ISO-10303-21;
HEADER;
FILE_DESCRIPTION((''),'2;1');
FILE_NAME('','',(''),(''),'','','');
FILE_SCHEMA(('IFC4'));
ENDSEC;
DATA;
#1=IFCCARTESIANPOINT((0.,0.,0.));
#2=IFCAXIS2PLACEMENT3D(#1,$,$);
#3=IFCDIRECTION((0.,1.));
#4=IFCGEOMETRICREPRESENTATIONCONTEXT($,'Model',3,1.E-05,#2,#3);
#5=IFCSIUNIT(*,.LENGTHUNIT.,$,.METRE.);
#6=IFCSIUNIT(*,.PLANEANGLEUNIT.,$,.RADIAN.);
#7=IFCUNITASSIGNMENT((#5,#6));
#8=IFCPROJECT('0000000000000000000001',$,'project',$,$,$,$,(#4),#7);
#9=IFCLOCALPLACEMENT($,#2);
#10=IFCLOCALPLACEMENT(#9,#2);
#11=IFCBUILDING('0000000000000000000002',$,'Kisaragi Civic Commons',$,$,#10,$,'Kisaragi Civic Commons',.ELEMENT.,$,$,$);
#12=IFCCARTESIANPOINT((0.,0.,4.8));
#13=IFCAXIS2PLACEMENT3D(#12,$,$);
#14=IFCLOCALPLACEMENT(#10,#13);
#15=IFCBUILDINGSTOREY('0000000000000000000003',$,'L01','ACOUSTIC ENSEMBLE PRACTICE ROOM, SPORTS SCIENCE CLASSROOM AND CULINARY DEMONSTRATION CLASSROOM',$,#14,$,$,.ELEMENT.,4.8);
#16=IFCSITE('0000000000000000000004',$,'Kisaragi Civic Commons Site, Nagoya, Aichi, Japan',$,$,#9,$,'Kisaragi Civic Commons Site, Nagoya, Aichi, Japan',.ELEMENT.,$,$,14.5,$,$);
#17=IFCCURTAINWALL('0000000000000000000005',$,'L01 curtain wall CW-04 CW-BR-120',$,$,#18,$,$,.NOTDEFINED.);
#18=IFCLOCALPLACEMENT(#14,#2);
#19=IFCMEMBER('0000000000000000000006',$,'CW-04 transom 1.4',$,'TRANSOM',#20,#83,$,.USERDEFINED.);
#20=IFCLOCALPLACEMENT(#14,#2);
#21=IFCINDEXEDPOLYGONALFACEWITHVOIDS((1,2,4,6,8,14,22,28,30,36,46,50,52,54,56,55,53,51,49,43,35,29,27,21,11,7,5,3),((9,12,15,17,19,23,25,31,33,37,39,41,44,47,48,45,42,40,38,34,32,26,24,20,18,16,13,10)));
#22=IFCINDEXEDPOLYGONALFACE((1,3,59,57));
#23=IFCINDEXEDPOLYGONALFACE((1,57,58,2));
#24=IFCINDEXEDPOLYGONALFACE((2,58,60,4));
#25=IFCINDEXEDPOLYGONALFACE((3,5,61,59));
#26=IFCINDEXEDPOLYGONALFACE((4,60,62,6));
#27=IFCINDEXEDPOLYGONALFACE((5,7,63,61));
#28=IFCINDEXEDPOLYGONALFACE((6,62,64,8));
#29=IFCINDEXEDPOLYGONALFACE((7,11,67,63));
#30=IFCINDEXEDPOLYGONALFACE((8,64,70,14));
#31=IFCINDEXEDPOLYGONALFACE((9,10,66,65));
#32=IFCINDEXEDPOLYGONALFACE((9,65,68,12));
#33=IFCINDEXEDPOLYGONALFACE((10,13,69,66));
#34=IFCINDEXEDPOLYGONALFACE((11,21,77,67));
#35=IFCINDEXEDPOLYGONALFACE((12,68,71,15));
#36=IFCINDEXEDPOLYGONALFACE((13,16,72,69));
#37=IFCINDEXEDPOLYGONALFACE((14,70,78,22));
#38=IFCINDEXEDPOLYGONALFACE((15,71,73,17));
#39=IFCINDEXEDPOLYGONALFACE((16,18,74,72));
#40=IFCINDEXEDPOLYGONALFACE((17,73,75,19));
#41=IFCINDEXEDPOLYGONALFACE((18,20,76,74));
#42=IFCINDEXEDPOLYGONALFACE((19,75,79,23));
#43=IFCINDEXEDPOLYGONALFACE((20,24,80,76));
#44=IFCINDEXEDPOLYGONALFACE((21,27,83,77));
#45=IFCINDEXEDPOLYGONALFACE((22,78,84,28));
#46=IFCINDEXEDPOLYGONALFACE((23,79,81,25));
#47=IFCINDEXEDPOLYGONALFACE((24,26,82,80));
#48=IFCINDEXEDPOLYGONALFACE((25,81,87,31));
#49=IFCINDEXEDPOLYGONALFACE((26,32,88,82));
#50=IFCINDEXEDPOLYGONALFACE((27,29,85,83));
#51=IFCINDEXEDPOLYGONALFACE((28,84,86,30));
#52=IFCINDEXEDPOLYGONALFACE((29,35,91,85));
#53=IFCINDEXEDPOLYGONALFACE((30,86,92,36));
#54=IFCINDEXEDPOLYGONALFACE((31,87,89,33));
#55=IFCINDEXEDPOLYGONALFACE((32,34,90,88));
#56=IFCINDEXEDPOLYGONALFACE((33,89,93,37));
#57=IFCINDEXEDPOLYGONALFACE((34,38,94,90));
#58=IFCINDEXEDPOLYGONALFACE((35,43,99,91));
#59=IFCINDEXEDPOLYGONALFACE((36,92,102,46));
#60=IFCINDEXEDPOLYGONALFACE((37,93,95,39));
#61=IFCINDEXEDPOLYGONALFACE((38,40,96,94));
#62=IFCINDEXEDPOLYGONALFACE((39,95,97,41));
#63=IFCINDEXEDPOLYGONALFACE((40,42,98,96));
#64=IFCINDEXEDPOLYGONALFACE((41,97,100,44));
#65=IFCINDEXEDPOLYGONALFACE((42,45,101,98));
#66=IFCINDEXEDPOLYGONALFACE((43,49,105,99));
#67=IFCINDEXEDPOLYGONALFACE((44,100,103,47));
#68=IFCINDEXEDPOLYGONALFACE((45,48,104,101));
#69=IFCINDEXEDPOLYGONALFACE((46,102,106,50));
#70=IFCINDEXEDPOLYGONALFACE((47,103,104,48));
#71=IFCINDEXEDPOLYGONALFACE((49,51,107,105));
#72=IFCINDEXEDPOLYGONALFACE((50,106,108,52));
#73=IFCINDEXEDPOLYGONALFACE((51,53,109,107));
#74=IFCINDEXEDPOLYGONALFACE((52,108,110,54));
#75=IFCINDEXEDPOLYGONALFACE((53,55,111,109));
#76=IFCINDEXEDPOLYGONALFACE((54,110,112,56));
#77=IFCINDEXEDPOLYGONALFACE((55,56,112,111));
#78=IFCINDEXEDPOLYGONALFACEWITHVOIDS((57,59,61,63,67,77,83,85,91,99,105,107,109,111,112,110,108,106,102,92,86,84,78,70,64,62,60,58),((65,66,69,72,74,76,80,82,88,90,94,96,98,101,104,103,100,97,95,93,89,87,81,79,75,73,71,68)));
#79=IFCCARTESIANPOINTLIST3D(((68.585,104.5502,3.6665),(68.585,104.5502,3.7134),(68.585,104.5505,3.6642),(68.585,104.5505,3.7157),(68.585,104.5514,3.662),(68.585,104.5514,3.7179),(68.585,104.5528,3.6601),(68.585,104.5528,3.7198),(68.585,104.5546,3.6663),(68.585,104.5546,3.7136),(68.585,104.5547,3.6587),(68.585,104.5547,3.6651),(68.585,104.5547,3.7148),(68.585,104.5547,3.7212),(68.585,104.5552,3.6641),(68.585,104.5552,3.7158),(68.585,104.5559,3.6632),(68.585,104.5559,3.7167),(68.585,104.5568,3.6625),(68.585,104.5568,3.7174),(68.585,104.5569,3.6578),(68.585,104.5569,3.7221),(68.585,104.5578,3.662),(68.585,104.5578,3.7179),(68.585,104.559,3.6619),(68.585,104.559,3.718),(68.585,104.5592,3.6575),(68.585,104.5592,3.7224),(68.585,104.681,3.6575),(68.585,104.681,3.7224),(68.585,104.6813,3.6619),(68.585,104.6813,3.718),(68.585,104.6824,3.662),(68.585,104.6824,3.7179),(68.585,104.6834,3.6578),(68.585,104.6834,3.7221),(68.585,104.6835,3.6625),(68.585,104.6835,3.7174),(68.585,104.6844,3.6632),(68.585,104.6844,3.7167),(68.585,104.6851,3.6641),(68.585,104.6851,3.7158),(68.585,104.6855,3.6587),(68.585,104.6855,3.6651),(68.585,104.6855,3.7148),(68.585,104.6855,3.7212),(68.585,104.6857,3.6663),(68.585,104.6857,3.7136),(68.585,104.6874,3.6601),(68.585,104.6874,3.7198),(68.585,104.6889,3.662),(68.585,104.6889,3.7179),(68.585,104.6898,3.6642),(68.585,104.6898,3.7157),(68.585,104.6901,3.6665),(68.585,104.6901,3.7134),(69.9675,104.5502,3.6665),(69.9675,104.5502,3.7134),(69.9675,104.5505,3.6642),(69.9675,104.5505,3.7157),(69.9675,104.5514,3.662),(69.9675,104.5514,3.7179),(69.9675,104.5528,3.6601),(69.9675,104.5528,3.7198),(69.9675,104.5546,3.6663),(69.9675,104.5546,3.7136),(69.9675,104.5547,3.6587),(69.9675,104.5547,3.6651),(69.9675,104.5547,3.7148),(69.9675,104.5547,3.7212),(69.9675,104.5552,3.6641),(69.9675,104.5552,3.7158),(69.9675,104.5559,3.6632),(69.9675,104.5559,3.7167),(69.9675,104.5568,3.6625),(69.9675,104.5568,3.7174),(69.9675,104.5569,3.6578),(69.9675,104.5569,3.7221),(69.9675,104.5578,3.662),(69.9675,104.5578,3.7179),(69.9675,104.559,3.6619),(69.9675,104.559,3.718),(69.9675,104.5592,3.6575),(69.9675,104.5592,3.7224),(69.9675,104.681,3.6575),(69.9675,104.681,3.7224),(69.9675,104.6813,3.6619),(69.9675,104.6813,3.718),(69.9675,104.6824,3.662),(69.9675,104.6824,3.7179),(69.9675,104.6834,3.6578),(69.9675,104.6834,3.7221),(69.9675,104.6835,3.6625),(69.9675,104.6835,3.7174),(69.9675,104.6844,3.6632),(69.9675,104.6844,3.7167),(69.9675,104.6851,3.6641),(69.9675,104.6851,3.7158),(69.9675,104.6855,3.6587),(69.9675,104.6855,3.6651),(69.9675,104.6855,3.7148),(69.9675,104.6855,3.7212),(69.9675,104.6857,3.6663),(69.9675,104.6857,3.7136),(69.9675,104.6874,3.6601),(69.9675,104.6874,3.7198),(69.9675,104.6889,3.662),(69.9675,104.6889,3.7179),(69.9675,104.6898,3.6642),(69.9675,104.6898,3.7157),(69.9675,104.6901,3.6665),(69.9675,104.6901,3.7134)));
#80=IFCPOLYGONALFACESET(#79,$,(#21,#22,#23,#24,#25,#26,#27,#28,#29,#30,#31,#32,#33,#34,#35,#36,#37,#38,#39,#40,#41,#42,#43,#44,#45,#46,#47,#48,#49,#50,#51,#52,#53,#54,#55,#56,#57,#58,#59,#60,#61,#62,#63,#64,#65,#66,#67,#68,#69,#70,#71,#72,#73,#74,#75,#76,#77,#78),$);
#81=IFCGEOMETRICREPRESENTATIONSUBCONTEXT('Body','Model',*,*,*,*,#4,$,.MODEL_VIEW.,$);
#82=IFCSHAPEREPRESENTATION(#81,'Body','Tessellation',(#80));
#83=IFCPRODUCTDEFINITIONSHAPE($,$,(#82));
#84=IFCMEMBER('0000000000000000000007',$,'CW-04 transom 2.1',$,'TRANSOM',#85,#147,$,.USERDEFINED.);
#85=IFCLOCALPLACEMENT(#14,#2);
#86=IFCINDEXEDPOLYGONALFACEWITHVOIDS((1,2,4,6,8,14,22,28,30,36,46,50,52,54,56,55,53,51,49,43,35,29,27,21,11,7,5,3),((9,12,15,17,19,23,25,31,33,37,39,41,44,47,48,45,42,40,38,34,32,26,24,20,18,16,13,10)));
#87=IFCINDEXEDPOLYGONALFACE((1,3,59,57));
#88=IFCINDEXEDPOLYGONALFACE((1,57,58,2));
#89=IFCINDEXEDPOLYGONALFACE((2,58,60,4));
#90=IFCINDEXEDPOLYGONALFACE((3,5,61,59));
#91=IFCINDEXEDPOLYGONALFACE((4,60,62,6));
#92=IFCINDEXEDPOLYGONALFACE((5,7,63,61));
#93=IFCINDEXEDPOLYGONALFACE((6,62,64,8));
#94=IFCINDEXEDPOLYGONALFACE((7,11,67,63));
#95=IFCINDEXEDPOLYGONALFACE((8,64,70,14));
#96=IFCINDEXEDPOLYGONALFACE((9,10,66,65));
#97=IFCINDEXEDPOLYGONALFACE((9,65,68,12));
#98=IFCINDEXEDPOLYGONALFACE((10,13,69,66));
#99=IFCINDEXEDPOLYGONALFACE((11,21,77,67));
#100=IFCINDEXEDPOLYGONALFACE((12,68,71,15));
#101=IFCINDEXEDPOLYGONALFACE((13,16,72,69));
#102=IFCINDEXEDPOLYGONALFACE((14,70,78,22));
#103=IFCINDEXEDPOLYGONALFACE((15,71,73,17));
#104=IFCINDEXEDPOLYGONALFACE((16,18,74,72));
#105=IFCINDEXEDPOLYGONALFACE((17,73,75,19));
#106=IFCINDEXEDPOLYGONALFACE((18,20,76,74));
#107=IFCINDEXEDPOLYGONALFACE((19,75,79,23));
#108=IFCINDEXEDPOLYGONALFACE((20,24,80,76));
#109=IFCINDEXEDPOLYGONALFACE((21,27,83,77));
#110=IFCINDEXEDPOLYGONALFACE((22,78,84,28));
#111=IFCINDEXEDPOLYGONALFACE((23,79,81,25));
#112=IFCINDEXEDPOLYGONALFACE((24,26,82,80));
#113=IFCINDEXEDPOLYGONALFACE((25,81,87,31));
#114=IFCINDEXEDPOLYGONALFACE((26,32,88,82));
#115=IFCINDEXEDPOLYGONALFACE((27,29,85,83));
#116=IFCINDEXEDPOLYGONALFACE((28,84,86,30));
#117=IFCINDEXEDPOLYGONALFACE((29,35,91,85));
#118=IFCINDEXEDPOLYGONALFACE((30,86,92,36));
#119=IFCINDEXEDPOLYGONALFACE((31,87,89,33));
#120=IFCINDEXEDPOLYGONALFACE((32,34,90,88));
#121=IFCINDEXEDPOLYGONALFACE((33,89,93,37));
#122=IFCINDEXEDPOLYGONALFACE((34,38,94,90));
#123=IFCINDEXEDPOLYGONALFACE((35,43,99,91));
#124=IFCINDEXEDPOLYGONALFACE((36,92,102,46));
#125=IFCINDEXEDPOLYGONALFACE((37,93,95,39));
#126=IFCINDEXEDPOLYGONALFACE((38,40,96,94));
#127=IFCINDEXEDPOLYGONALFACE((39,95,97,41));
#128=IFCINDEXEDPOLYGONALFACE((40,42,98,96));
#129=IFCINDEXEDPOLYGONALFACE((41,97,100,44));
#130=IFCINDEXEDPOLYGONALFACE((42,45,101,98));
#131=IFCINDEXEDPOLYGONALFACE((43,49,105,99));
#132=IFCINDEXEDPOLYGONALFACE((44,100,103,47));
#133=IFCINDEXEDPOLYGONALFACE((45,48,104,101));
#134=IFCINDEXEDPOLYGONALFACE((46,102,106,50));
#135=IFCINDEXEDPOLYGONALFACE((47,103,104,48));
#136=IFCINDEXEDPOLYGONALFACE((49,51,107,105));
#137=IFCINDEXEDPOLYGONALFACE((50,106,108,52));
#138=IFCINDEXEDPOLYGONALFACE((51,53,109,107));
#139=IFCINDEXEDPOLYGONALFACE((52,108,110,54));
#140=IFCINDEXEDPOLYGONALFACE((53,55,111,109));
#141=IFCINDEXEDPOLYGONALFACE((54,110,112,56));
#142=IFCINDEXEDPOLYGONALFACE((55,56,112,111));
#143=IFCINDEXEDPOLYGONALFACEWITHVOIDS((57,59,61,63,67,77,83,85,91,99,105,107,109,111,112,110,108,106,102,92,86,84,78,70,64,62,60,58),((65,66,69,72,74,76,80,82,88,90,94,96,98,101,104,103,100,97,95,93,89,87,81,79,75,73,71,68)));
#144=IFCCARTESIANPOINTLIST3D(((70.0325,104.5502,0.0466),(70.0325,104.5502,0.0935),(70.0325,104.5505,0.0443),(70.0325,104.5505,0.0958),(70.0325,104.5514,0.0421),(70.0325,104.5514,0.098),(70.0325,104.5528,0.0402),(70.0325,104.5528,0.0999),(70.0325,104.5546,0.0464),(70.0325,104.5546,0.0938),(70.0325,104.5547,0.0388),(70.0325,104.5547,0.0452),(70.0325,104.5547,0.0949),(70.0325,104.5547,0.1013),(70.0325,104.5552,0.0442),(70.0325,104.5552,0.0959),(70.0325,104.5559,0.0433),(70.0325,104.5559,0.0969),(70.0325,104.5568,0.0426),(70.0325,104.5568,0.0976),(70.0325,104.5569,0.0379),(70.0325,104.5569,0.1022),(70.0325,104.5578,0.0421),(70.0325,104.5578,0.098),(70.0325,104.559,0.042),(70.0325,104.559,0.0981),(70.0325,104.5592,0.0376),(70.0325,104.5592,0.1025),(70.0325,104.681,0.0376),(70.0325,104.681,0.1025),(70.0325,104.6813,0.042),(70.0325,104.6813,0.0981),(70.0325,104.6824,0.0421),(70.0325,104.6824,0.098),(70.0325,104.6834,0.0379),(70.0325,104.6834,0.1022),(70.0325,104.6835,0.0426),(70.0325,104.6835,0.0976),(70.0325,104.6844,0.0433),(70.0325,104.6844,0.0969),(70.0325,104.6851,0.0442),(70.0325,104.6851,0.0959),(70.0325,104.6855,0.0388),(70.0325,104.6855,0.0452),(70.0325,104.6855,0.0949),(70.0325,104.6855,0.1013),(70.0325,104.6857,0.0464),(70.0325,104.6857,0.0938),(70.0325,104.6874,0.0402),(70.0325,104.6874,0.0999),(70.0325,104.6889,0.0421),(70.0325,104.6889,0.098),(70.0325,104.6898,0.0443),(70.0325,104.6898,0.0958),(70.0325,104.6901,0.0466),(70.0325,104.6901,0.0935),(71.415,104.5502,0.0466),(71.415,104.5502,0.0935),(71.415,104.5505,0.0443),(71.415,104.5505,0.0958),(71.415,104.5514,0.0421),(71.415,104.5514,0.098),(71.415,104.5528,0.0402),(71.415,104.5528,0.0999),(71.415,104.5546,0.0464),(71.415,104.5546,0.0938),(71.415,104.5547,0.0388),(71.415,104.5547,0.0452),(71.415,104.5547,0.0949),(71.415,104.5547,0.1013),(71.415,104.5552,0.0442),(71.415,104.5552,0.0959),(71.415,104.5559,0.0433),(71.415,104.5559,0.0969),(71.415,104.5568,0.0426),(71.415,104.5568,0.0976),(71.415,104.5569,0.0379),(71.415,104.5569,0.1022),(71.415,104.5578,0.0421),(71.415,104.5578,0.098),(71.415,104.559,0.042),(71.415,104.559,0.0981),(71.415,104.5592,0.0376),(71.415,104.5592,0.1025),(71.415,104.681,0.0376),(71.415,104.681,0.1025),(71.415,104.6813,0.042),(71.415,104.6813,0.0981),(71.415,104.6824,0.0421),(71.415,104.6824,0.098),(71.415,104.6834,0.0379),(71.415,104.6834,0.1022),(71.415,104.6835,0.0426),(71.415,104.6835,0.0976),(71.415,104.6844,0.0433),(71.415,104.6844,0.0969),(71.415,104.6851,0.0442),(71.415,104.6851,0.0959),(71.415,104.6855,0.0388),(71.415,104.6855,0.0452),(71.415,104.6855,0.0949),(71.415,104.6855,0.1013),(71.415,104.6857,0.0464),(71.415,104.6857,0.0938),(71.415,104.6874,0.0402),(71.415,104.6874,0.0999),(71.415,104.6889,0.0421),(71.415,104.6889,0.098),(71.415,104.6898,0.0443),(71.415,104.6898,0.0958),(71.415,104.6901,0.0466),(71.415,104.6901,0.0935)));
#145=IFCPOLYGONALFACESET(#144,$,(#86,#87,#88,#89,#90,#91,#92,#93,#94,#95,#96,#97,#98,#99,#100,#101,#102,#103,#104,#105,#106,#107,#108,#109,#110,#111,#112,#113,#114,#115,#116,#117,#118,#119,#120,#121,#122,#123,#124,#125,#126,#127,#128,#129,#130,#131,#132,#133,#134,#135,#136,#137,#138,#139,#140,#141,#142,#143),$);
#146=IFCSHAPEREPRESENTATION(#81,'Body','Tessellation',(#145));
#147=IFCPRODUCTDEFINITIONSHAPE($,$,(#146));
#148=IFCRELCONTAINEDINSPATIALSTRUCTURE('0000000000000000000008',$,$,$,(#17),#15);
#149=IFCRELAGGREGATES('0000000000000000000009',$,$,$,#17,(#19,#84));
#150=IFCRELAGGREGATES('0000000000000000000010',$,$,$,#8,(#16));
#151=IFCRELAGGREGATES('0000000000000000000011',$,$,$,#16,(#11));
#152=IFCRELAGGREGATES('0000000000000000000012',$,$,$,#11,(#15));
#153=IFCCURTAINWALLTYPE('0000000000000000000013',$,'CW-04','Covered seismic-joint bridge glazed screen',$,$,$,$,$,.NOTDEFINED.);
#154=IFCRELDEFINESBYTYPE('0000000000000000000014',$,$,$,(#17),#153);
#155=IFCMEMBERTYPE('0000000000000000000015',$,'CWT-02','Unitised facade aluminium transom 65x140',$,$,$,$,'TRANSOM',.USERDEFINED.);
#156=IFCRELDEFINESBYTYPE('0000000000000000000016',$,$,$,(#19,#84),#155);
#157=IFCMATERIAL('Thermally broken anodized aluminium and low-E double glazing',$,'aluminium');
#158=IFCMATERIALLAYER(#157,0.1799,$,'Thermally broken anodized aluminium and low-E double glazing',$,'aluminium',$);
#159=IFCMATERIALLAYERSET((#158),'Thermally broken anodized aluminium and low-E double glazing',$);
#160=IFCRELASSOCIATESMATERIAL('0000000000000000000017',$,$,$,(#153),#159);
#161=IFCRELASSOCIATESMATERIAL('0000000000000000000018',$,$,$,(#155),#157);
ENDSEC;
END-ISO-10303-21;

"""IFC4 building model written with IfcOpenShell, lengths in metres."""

from ifc_helpers import new_model, si_unit, direction, frame, origin, origin_2d, place, context, subcontext, project, spatial, hollow_rectangle, extrude, material, layer, layer_set, material_profile, profile_set, type_object, element, aggregate, save


model = new_model("IFC4")

# Units and contexts
model_context = context("Model", 3, precision=1e-05, world=origin(), true_north=direction((0.0, 1.0)))
body_context = subcontext(model_context, "Body", "Model", "MODEL_VIEW")
ifc_project = project(units=[si_unit("LENGTHUNIT", "METRE"), si_unit("PLANEANGLEUNIT", "RADIAN")], contexts=[model_context])

# Site, building, storey
site_placement = place(None, origin())
site = spatial("IfcSite", under=ifc_project, at=site_placement, Name="Kisaragi Civic Commons Site, Nagoya, Aichi, Japan", LongName="Kisaragi Civic Commons Site, Nagoya, Aichi, Japan", CompositionType="ELEMENT", RefElevation=14.5)
building_placement = place(site_placement, origin())
building = spatial("IfcBuilding", under=site, at=building_placement, Name="Kisaragi Civic Commons", LongName="Kisaragi Civic Commons", CompositionType="ELEMENT")
storey_placement = place(building_placement, frame((0.0, 0.0, 4.8)))
storey = spatial("IfcBuildingStorey", under=building, at=storey_placement, Name="L01", Description="ACOUSTIC ENSEMBLE PRACTICE ROOM, SPORTS SCIENCE CLASSROOM AND CULINARY DEMONSTRATION CLASSROOM", CompositionType="ELEMENT", Elevation=4.8)

# Shared definitions
ifc_material = material(Name="Thermally broken anodized aluminium and low-E double glazing", Category="aluminium")

# Curtain wall, members
ifc_layer_1 = layer(ifc_material, 0.1799, Name="Thermally broken anodized aluminium and low-E double glazing", Category="aluminium")
ifc_layer_set_1 = layer_set([ifc_layer_1], Name="Thermally broken anodized aluminium and low-E double glazing")
curtain_wall_type_1 = type_object("IfcCurtainWallType", Name="CW-04", Description="Covered seismic-joint bridge glazed screen", PredefinedType="NOTDEFINED", material=ifc_layer_set_1)
curtain_wall_1_placement = place(storey_placement, origin())
curtain_wall_1 = element("IfcCurtainWall", 1, at=curtain_wall_1_placement, inside=storey, type_object=curtain_wall_type_1, Name="L01 curtain wall CW-04 CW-BR-120", PredefinedType="NOTDEFINED")
ifc_material_profile_1 = material_profile(ifc_material, hollow_rectangle(XDim=0.1399, YDim=0.0649, WallThickness=0.0044, InnerFilletRadius=0.0044, OuterFilletRadius=0.009, at=origin_2d()), Name="CWT-65x140x4.5", Category="aluminium")
ifc_profile_set_1 = profile_set([ifc_material_profile_1], Name="Thermally broken anodized aluminium and low-E double glazing")
member_type_1 = type_object("IfcMemberType", Name="CWT-02", Description="Unitised facade aluminium transom 65x140", ElementType="TRANSOM", PredefinedType="USERDEFINED", material=ifc_profile_set_1)
member_1_placement = place(storey_placement, frame((68.585, 104.6201, 3.6899), z_axis=(1.0, 0.0, 0.0), x_axis=(0.0, 1.0, 0.0)))
member_1 = element("IfcMember", 2, at=member_1_placement, type_object=member_type_1, Name="CW-04 transom 1.4", ObjectType="TRANSOM", PredefinedType="USERDEFINED", context=body_context, shape_type="SweptSolid", body=[
    extrude(hollow_rectangle(XDim=0.1399, YDim=0.0649, WallThickness=0.0044, InnerFilletRadius=0.0044, OuterFilletRadius=0.009, at=origin_2d()), origin(), (0.0, 0.0, 1.0), 1.3826),
])
member_2_placement = place(storey_placement, frame((70.0325, 104.6201, 0.0701), z_axis=(1.0, 0.0, 0.0), x_axis=(0.0, 1.0, 0.0)))
member_2 = element("IfcMember", 3, at=member_2_placement, type_object=member_type_1, Name="CW-04 transom 2.1", ObjectType="TRANSOM", PredefinedType="USERDEFINED", context=body_context, shape_type="SweptSolid", body=[
    extrude(hollow_rectangle(XDim=0.1399, YDim=0.0649, WallThickness=0.0044, InnerFilletRadius=0.0044, OuterFilletRadius=0.009, at=origin_2d()), origin(), (0.0, 0.0, 1.0), 1.3826),
])

aggregate(curtain_wall_1, [member_1, member_2])

save(model, "model.ifc")
